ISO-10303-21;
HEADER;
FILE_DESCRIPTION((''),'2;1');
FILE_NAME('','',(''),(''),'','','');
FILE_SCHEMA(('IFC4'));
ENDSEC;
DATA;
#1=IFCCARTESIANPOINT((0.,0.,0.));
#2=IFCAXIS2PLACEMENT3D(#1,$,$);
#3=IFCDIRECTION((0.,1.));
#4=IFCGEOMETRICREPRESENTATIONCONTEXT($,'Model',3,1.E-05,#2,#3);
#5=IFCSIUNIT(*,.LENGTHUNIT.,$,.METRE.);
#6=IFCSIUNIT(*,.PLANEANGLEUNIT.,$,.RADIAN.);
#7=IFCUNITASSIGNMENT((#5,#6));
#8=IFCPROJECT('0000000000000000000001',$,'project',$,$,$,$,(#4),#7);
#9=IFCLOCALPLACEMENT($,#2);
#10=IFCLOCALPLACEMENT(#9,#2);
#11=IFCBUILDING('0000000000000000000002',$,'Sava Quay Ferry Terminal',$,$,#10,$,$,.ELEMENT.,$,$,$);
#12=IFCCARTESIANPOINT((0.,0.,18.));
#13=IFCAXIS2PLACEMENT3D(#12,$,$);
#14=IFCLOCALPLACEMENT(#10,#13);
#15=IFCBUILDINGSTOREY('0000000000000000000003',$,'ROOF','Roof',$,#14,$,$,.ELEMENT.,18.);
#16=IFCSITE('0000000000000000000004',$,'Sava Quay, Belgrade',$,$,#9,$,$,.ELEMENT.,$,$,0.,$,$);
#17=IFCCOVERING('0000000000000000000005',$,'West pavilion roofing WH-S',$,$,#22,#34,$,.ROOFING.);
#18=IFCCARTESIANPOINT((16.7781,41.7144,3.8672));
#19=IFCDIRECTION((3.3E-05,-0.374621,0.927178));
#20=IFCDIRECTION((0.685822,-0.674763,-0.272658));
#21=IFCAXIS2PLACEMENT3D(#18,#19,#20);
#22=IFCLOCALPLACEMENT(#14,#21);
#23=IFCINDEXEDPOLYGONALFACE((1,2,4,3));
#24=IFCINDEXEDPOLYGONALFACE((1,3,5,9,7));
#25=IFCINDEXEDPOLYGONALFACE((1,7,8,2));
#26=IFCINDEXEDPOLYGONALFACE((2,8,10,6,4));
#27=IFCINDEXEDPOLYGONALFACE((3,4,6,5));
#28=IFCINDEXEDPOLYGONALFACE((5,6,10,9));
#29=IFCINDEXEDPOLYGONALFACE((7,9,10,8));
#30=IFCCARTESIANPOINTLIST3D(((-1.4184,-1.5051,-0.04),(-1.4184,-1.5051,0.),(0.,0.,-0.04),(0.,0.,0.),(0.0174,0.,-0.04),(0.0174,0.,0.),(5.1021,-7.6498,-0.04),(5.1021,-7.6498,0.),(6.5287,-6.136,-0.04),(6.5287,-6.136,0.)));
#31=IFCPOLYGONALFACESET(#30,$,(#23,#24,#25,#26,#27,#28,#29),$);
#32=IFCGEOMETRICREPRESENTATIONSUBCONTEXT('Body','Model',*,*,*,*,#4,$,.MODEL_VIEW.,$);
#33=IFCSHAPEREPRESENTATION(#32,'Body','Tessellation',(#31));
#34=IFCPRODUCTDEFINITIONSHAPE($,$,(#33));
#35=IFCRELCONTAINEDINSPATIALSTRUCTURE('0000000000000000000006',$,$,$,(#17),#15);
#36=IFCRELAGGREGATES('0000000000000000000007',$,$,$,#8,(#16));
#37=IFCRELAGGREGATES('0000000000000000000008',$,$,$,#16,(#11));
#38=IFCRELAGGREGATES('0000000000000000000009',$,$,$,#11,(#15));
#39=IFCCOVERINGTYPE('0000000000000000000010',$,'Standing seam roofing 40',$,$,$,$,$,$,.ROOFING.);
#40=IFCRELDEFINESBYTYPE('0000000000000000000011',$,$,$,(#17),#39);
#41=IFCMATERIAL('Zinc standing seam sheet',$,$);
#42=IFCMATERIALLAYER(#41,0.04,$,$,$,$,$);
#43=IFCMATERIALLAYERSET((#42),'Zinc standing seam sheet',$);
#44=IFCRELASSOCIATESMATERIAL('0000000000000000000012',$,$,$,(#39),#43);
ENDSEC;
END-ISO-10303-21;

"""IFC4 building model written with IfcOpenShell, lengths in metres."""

from ifc_helpers import new_model, si_unit, direction, frame, origin, place, context, subcontext, project, spatial, polyline, outline, extrude, material, layer, layer_set, type_object, element, save


model = new_model("IFC4")

# Units and contexts
model_context = context("Model", 3, precision=1e-05, world=origin(), true_north=direction((0.0, 1.0)))
body_context = subcontext(model_context, "Body", "Model", "MODEL_VIEW")
ifc_project = project(units=[si_unit("LENGTHUNIT", "METRE"), si_unit("PLANEANGLEUNIT", "RADIAN")], contexts=[model_context])

# Site, building, storey
site_placement = place(None, origin())
site = spatial("IfcSite", under=ifc_project, at=site_placement, Name="Sava Quay, Belgrade", CompositionType="ELEMENT", RefElevation=0.0)
building_placement = place(site_placement, origin())
building = spatial("IfcBuilding", under=site, at=building_placement, Name="Sava Quay Ferry Terminal", CompositionType="ELEMENT")
storey_placement = place(building_placement, frame((0.0, 0.0, 18.0)))
storey = spatial("IfcBuildingStorey", under=building, at=storey_placement, Name="ROOF", Description="Roof", CompositionType="ELEMENT", Elevation=18.0)

# Covering
ifc_material_1 = material(Name="Zinc standing seam sheet")
ifc_layer_1 = layer(ifc_material_1, 0.04)
ifc_layer_set_1 = layer_set([ifc_layer_1], Name="Zinc standing seam sheet")
covering_type_1 = type_object("IfcCoveringType", Name="Standing seam roofing 40", PredefinedType="ROOFING", material=ifc_layer_set_1)
covering_1_placement = place(storey_placement, frame((16.7781, 41.7144, 3.8672), z_axis=(0.000033, -0.374621, 0.927178), x_axis=(0.685822, -0.674763, -0.272658)))
element("IfcCovering", 1, at=covering_1_placement, inside=storey, type_object=covering_type_1, Name="West pavilion roofing WH-S", PredefinedType="ROOFING", context=body_context, shape_type="SweptSolid", body=[
    extrude(outline(polyline([(0.0, 0.0), (0.0174, 0.0), (6.5287, -6.136), (5.1021, -7.6498), (-1.4184, -1.5051), (0.0, 0.0)])), origin(), (0.0, 0.0, -1.0), 0.04),
])

save(model, "model.ifc")
